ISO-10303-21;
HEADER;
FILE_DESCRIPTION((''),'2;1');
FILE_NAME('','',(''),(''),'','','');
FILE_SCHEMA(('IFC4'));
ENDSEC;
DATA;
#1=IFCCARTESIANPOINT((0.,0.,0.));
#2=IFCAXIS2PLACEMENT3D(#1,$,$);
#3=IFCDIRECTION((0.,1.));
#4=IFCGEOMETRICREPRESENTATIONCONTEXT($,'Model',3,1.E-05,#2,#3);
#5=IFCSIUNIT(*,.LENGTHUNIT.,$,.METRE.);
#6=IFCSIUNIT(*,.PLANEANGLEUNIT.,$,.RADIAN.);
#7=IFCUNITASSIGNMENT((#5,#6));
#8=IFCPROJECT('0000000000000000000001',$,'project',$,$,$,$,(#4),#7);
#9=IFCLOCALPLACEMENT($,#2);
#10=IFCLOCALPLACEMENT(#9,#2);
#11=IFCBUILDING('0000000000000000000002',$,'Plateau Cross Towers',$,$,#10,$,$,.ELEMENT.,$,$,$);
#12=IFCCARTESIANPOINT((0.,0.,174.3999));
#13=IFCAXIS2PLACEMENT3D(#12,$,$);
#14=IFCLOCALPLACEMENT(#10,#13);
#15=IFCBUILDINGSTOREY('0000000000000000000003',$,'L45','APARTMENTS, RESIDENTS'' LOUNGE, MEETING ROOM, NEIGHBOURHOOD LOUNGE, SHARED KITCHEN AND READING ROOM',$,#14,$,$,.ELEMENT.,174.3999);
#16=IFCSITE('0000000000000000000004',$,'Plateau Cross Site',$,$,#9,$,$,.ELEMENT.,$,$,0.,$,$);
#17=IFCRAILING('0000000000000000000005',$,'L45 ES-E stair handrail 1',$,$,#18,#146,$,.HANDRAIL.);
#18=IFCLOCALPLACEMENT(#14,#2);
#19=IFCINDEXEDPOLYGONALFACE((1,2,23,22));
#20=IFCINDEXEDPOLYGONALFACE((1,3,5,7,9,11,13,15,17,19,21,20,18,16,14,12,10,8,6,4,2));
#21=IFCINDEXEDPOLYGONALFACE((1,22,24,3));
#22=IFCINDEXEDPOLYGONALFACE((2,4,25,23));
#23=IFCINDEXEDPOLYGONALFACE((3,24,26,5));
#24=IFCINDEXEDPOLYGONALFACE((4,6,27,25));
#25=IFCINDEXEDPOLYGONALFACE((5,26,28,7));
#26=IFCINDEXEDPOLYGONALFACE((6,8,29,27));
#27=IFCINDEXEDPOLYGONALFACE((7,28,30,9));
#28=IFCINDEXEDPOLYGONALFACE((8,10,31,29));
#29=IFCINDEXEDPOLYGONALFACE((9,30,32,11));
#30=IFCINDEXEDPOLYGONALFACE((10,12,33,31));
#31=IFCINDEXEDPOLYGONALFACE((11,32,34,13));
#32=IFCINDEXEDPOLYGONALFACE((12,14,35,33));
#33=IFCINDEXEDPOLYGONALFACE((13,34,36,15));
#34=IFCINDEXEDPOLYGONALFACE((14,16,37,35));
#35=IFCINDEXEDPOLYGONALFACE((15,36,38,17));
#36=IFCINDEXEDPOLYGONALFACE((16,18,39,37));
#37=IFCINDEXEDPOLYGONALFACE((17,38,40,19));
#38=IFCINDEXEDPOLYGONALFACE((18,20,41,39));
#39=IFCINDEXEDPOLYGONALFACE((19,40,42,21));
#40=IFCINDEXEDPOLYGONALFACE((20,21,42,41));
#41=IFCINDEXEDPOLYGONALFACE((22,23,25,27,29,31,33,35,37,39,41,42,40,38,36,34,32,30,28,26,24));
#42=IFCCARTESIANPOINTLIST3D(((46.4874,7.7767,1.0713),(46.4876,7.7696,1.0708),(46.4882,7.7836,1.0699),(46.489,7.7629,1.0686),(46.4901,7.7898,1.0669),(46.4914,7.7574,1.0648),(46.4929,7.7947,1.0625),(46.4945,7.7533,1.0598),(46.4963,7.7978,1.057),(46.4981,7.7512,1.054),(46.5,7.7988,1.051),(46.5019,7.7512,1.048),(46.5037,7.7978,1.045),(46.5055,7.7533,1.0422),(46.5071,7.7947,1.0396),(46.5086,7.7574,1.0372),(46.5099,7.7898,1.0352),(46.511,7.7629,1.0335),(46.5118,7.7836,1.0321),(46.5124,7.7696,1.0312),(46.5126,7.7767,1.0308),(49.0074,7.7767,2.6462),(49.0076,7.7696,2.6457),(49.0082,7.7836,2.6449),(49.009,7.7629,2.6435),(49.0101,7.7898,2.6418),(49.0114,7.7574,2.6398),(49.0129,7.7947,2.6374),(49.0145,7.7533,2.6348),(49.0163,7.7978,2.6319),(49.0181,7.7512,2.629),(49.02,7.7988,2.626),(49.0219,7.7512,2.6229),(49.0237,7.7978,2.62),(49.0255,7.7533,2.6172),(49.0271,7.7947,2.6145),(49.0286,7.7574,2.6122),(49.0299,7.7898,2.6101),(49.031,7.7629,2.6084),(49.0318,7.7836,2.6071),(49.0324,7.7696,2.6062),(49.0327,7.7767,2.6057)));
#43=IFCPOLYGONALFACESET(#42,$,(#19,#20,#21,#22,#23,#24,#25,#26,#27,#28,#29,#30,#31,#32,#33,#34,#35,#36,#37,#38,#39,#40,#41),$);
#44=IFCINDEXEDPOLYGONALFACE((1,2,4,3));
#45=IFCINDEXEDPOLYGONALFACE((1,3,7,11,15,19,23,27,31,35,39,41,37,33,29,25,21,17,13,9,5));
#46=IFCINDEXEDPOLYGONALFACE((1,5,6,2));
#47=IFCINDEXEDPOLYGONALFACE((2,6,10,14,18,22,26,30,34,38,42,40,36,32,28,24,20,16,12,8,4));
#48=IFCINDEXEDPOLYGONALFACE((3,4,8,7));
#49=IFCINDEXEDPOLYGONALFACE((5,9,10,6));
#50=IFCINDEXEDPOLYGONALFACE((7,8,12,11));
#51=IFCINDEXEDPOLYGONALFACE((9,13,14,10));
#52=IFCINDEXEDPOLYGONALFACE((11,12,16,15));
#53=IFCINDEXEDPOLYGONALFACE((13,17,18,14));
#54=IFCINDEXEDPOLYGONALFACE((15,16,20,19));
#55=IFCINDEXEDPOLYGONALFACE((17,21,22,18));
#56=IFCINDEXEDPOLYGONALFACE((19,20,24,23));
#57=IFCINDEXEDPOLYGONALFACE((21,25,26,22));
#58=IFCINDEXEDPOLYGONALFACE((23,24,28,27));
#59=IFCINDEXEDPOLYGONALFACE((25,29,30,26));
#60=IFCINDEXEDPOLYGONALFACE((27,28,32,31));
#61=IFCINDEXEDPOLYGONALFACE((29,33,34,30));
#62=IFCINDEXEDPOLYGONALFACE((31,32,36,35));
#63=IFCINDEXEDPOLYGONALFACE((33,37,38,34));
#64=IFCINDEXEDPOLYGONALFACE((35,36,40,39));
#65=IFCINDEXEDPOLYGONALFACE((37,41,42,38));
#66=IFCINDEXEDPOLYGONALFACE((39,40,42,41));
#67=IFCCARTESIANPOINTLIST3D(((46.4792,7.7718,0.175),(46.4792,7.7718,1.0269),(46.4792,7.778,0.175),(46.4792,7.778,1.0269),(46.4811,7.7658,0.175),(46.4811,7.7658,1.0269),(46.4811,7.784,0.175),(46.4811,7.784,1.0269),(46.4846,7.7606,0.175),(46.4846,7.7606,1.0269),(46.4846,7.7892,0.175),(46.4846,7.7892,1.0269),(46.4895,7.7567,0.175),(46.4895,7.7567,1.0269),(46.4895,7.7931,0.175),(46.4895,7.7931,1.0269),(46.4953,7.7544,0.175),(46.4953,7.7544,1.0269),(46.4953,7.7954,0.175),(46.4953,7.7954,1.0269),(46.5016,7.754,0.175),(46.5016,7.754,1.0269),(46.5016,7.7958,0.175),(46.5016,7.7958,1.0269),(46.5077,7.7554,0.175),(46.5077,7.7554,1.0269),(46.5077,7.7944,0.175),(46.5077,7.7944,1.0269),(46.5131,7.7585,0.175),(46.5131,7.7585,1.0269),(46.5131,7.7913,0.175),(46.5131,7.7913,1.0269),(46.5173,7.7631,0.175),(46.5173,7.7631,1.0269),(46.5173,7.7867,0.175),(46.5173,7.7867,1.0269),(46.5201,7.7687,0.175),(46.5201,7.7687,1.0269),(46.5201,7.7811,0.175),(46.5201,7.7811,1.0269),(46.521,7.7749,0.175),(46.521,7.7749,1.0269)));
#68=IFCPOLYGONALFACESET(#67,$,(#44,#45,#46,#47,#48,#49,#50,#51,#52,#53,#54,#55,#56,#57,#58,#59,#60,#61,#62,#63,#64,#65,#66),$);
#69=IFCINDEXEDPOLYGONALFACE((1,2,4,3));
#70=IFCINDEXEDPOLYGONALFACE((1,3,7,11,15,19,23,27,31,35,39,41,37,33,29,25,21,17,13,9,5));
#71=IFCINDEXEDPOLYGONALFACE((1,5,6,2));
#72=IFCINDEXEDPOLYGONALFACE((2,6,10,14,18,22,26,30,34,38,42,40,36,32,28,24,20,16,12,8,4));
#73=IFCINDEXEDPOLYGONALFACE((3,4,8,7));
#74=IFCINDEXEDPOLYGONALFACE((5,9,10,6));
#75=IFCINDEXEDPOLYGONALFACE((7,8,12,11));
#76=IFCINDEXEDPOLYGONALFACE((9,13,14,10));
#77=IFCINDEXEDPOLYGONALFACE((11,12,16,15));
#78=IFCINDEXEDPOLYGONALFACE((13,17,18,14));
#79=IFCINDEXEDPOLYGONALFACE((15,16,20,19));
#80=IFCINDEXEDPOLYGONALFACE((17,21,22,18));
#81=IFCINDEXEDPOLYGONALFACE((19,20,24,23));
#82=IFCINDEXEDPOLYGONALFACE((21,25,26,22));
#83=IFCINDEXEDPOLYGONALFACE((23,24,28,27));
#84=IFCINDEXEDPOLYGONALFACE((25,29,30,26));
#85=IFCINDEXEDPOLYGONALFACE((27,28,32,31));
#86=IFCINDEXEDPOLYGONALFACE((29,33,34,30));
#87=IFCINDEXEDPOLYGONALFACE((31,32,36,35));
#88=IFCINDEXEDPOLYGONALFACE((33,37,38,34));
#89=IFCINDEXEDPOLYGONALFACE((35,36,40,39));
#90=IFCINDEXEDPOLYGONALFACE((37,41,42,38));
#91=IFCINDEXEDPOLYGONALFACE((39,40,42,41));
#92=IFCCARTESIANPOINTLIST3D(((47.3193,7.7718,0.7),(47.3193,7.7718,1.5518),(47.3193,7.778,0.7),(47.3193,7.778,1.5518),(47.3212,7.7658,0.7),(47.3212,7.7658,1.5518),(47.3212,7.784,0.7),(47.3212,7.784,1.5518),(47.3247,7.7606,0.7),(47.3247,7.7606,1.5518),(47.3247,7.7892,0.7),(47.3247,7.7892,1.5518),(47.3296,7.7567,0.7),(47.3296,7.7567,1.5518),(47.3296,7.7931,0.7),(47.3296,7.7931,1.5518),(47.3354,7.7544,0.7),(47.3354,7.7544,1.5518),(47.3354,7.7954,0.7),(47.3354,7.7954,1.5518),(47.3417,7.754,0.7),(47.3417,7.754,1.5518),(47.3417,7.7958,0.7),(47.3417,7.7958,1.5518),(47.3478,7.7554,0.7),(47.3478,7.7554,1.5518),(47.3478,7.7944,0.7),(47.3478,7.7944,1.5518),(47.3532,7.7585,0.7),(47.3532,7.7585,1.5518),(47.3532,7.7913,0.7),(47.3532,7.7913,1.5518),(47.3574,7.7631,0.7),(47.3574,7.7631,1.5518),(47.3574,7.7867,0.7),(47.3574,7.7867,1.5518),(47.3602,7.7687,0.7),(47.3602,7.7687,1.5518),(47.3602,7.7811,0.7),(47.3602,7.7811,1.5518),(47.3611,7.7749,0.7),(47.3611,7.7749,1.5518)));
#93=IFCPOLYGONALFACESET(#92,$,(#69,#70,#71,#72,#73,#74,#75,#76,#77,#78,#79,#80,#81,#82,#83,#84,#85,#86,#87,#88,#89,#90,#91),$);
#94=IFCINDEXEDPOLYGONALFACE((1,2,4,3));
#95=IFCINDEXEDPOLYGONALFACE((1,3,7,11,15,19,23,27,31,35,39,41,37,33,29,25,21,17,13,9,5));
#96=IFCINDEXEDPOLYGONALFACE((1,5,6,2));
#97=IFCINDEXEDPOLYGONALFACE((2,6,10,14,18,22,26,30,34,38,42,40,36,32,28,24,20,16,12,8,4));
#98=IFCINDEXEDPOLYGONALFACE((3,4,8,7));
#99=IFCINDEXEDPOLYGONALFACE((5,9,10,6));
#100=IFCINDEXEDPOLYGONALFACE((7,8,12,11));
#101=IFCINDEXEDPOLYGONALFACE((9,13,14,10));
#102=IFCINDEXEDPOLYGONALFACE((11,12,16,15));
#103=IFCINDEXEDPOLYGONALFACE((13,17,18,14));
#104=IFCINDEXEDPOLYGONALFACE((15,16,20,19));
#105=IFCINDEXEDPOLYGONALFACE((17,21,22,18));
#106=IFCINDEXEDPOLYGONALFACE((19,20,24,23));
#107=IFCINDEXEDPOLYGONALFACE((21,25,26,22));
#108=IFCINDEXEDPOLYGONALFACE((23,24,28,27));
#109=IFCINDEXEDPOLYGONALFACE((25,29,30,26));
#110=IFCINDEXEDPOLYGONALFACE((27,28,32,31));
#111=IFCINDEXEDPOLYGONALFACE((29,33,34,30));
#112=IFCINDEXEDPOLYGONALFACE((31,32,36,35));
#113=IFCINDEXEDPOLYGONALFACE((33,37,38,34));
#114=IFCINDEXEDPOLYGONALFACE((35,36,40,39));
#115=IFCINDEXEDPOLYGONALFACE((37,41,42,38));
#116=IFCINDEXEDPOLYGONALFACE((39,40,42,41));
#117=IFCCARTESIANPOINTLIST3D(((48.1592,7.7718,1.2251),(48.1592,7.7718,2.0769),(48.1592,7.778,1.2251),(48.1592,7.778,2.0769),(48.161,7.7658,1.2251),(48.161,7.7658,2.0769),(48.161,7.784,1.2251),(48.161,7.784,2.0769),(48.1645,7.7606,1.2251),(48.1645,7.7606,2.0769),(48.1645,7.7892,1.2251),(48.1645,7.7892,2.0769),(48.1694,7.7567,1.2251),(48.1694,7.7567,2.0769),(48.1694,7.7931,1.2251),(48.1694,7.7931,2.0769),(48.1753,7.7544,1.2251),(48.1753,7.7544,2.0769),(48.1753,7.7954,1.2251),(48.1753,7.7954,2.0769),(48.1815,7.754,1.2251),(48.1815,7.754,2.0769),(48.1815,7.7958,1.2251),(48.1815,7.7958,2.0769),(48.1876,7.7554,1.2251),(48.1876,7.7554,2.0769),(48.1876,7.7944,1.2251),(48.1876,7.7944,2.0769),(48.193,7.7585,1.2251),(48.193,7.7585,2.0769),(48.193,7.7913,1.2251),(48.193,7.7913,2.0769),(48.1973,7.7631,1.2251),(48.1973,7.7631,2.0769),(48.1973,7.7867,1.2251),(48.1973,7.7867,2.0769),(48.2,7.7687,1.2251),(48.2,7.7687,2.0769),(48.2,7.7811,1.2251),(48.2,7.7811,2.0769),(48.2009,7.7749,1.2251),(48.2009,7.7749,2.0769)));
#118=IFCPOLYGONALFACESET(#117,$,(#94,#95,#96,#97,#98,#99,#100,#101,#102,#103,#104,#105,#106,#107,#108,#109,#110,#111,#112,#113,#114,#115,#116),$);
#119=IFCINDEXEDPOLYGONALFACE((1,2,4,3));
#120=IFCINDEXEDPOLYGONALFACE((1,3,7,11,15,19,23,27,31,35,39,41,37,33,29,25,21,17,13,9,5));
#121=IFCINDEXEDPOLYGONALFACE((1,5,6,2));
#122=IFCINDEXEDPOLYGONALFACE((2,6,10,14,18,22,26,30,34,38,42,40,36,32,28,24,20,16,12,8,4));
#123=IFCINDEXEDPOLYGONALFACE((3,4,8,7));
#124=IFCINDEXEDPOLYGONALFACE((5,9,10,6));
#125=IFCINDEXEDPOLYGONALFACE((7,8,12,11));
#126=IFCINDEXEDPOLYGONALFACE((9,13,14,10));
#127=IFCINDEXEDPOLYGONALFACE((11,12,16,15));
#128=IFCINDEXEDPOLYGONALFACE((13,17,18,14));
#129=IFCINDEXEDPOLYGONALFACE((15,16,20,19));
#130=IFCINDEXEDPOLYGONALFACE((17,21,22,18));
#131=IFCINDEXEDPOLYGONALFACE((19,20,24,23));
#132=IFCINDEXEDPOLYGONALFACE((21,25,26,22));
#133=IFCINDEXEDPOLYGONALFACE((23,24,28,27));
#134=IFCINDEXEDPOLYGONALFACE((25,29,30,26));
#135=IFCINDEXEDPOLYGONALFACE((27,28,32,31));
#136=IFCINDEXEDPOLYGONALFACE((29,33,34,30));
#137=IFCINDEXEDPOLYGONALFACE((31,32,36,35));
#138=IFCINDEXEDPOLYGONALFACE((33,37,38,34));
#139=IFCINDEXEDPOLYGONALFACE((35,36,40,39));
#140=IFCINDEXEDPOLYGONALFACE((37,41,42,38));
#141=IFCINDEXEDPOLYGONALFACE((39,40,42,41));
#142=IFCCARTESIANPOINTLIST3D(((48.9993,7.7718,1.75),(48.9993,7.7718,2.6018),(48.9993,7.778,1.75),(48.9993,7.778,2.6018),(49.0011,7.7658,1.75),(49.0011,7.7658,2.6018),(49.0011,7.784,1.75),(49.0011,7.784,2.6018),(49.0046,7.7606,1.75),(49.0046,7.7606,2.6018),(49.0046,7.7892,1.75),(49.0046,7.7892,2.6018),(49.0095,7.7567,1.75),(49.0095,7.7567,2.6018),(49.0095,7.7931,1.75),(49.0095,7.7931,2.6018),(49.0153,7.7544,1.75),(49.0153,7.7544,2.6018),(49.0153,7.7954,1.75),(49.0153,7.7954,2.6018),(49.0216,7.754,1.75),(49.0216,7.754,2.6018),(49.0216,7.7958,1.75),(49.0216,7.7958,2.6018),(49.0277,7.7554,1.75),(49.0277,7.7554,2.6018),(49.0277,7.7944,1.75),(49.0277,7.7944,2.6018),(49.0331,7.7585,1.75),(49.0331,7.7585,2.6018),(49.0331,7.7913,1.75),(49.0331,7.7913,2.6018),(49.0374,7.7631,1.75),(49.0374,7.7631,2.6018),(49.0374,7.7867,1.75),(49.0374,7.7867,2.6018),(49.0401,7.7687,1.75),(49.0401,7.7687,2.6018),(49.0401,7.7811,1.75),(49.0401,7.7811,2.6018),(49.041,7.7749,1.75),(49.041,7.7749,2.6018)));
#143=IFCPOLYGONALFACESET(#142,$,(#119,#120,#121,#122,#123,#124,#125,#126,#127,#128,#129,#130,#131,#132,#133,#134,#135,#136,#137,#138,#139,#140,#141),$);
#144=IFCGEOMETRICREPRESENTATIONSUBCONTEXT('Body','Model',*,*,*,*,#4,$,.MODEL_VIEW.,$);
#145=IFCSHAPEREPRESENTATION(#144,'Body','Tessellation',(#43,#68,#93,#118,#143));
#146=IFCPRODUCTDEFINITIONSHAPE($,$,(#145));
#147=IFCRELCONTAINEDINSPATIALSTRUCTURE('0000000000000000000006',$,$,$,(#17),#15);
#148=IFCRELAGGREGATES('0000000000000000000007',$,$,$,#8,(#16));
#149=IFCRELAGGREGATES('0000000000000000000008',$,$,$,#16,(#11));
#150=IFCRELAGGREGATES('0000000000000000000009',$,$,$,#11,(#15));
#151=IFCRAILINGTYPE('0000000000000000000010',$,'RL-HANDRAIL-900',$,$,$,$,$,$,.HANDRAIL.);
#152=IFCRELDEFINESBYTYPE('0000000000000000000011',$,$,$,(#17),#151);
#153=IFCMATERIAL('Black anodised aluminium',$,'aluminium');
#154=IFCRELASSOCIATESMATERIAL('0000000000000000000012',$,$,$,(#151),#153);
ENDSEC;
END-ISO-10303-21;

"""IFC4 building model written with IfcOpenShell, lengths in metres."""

from ifc_helpers import new_model, si_unit, direction, frame, origin, origin_2d, place, context, subcontext, project, spatial, circle, extrude, material, type_object, element, save


model = new_model("IFC4")

# Units and contexts
model_context = context("Model", 3, precision=1e-05, world=origin(), true_north=direction((0.0, 1.0)))
body_context = subcontext(model_context, "Body", "Model", "MODEL_VIEW")
ifc_project = project(units=[si_unit("LENGTHUNIT", "METRE"), si_unit("PLANEANGLEUNIT", "RADIAN")], contexts=[model_context])

# Site, building, storey
site_placement = place(None, origin())
site = spatial("IfcSite", under=ifc_project, at=site_placement, Name="Plateau Cross Site", CompositionType="ELEMENT", RefElevation=0.0)
building_placement = place(site_placement, origin())
building = spatial("IfcBuilding", under=site, at=building_placement, Name="Plateau Cross Towers", CompositionType="ELEMENT")
storey_placement = place(building_placement, frame((0.0, 0.0, 174.3999)))
storey = spatial("IfcBuildingStorey", under=building, at=storey_placement, Name="L45", Description="APARTMENTS, RESIDENTS' LOUNGE, MEETING ROOM, NEIGHBOURHOOD LOUNGE, SHARED KITCHEN AND READING ROOM", CompositionType="ELEMENT", Elevation=174.3999)

# Shared definitions
ifc_material_1 = material(Name="Black anodised aluminium", Category="aluminium")

# Railing
railing_type_1 = type_object("IfcRailingType", Name="RL-HANDRAIL-900", PredefinedType="HANDRAIL", material=ifc_material_1)
railing_1_placement = place(storey_placement, frame((46.5, 7.7749, 0.175)))
element("IfcRailing", 1, at=railing_1_placement, inside=storey, type_object=railing_type_1, Name="L45 ES-E stair handrail 1", PredefinedType="HANDRAIL", context=body_context, shape_type="SweptSolid", body=[
    extrude(circle(Radius=0.0239, at=origin_2d()), frame((0.0, 0.0, 0.876), z_axis=(0.848008, 0.0, 0.529984), x_axis=(0.0, 1.0, 0.0)), (0.0, 0.0, 1.0), 2.9717),
    extrude(circle(Radius=0.021, at=origin_2d()), origin(), (0.0, 0.0, 1.0), 0.8518),
    extrude(circle(Radius=0.021, at=origin_2d()), frame((0.8401, 0.0, 0.5249)), (0.0, 0.0, 1.0), 0.8518),
    extrude(circle(Radius=0.021, at=origin_2d()), frame((1.6799, 0.0, 1.05)), (0.0, 0.0, 1.0), 0.8518),
    extrude(circle(Radius=0.021, at=origin_2d()), frame((2.52, 0.0, 1.575)), (0.0, 0.0, 1.0), 0.8518),
])

save(model, "model.ifc")
